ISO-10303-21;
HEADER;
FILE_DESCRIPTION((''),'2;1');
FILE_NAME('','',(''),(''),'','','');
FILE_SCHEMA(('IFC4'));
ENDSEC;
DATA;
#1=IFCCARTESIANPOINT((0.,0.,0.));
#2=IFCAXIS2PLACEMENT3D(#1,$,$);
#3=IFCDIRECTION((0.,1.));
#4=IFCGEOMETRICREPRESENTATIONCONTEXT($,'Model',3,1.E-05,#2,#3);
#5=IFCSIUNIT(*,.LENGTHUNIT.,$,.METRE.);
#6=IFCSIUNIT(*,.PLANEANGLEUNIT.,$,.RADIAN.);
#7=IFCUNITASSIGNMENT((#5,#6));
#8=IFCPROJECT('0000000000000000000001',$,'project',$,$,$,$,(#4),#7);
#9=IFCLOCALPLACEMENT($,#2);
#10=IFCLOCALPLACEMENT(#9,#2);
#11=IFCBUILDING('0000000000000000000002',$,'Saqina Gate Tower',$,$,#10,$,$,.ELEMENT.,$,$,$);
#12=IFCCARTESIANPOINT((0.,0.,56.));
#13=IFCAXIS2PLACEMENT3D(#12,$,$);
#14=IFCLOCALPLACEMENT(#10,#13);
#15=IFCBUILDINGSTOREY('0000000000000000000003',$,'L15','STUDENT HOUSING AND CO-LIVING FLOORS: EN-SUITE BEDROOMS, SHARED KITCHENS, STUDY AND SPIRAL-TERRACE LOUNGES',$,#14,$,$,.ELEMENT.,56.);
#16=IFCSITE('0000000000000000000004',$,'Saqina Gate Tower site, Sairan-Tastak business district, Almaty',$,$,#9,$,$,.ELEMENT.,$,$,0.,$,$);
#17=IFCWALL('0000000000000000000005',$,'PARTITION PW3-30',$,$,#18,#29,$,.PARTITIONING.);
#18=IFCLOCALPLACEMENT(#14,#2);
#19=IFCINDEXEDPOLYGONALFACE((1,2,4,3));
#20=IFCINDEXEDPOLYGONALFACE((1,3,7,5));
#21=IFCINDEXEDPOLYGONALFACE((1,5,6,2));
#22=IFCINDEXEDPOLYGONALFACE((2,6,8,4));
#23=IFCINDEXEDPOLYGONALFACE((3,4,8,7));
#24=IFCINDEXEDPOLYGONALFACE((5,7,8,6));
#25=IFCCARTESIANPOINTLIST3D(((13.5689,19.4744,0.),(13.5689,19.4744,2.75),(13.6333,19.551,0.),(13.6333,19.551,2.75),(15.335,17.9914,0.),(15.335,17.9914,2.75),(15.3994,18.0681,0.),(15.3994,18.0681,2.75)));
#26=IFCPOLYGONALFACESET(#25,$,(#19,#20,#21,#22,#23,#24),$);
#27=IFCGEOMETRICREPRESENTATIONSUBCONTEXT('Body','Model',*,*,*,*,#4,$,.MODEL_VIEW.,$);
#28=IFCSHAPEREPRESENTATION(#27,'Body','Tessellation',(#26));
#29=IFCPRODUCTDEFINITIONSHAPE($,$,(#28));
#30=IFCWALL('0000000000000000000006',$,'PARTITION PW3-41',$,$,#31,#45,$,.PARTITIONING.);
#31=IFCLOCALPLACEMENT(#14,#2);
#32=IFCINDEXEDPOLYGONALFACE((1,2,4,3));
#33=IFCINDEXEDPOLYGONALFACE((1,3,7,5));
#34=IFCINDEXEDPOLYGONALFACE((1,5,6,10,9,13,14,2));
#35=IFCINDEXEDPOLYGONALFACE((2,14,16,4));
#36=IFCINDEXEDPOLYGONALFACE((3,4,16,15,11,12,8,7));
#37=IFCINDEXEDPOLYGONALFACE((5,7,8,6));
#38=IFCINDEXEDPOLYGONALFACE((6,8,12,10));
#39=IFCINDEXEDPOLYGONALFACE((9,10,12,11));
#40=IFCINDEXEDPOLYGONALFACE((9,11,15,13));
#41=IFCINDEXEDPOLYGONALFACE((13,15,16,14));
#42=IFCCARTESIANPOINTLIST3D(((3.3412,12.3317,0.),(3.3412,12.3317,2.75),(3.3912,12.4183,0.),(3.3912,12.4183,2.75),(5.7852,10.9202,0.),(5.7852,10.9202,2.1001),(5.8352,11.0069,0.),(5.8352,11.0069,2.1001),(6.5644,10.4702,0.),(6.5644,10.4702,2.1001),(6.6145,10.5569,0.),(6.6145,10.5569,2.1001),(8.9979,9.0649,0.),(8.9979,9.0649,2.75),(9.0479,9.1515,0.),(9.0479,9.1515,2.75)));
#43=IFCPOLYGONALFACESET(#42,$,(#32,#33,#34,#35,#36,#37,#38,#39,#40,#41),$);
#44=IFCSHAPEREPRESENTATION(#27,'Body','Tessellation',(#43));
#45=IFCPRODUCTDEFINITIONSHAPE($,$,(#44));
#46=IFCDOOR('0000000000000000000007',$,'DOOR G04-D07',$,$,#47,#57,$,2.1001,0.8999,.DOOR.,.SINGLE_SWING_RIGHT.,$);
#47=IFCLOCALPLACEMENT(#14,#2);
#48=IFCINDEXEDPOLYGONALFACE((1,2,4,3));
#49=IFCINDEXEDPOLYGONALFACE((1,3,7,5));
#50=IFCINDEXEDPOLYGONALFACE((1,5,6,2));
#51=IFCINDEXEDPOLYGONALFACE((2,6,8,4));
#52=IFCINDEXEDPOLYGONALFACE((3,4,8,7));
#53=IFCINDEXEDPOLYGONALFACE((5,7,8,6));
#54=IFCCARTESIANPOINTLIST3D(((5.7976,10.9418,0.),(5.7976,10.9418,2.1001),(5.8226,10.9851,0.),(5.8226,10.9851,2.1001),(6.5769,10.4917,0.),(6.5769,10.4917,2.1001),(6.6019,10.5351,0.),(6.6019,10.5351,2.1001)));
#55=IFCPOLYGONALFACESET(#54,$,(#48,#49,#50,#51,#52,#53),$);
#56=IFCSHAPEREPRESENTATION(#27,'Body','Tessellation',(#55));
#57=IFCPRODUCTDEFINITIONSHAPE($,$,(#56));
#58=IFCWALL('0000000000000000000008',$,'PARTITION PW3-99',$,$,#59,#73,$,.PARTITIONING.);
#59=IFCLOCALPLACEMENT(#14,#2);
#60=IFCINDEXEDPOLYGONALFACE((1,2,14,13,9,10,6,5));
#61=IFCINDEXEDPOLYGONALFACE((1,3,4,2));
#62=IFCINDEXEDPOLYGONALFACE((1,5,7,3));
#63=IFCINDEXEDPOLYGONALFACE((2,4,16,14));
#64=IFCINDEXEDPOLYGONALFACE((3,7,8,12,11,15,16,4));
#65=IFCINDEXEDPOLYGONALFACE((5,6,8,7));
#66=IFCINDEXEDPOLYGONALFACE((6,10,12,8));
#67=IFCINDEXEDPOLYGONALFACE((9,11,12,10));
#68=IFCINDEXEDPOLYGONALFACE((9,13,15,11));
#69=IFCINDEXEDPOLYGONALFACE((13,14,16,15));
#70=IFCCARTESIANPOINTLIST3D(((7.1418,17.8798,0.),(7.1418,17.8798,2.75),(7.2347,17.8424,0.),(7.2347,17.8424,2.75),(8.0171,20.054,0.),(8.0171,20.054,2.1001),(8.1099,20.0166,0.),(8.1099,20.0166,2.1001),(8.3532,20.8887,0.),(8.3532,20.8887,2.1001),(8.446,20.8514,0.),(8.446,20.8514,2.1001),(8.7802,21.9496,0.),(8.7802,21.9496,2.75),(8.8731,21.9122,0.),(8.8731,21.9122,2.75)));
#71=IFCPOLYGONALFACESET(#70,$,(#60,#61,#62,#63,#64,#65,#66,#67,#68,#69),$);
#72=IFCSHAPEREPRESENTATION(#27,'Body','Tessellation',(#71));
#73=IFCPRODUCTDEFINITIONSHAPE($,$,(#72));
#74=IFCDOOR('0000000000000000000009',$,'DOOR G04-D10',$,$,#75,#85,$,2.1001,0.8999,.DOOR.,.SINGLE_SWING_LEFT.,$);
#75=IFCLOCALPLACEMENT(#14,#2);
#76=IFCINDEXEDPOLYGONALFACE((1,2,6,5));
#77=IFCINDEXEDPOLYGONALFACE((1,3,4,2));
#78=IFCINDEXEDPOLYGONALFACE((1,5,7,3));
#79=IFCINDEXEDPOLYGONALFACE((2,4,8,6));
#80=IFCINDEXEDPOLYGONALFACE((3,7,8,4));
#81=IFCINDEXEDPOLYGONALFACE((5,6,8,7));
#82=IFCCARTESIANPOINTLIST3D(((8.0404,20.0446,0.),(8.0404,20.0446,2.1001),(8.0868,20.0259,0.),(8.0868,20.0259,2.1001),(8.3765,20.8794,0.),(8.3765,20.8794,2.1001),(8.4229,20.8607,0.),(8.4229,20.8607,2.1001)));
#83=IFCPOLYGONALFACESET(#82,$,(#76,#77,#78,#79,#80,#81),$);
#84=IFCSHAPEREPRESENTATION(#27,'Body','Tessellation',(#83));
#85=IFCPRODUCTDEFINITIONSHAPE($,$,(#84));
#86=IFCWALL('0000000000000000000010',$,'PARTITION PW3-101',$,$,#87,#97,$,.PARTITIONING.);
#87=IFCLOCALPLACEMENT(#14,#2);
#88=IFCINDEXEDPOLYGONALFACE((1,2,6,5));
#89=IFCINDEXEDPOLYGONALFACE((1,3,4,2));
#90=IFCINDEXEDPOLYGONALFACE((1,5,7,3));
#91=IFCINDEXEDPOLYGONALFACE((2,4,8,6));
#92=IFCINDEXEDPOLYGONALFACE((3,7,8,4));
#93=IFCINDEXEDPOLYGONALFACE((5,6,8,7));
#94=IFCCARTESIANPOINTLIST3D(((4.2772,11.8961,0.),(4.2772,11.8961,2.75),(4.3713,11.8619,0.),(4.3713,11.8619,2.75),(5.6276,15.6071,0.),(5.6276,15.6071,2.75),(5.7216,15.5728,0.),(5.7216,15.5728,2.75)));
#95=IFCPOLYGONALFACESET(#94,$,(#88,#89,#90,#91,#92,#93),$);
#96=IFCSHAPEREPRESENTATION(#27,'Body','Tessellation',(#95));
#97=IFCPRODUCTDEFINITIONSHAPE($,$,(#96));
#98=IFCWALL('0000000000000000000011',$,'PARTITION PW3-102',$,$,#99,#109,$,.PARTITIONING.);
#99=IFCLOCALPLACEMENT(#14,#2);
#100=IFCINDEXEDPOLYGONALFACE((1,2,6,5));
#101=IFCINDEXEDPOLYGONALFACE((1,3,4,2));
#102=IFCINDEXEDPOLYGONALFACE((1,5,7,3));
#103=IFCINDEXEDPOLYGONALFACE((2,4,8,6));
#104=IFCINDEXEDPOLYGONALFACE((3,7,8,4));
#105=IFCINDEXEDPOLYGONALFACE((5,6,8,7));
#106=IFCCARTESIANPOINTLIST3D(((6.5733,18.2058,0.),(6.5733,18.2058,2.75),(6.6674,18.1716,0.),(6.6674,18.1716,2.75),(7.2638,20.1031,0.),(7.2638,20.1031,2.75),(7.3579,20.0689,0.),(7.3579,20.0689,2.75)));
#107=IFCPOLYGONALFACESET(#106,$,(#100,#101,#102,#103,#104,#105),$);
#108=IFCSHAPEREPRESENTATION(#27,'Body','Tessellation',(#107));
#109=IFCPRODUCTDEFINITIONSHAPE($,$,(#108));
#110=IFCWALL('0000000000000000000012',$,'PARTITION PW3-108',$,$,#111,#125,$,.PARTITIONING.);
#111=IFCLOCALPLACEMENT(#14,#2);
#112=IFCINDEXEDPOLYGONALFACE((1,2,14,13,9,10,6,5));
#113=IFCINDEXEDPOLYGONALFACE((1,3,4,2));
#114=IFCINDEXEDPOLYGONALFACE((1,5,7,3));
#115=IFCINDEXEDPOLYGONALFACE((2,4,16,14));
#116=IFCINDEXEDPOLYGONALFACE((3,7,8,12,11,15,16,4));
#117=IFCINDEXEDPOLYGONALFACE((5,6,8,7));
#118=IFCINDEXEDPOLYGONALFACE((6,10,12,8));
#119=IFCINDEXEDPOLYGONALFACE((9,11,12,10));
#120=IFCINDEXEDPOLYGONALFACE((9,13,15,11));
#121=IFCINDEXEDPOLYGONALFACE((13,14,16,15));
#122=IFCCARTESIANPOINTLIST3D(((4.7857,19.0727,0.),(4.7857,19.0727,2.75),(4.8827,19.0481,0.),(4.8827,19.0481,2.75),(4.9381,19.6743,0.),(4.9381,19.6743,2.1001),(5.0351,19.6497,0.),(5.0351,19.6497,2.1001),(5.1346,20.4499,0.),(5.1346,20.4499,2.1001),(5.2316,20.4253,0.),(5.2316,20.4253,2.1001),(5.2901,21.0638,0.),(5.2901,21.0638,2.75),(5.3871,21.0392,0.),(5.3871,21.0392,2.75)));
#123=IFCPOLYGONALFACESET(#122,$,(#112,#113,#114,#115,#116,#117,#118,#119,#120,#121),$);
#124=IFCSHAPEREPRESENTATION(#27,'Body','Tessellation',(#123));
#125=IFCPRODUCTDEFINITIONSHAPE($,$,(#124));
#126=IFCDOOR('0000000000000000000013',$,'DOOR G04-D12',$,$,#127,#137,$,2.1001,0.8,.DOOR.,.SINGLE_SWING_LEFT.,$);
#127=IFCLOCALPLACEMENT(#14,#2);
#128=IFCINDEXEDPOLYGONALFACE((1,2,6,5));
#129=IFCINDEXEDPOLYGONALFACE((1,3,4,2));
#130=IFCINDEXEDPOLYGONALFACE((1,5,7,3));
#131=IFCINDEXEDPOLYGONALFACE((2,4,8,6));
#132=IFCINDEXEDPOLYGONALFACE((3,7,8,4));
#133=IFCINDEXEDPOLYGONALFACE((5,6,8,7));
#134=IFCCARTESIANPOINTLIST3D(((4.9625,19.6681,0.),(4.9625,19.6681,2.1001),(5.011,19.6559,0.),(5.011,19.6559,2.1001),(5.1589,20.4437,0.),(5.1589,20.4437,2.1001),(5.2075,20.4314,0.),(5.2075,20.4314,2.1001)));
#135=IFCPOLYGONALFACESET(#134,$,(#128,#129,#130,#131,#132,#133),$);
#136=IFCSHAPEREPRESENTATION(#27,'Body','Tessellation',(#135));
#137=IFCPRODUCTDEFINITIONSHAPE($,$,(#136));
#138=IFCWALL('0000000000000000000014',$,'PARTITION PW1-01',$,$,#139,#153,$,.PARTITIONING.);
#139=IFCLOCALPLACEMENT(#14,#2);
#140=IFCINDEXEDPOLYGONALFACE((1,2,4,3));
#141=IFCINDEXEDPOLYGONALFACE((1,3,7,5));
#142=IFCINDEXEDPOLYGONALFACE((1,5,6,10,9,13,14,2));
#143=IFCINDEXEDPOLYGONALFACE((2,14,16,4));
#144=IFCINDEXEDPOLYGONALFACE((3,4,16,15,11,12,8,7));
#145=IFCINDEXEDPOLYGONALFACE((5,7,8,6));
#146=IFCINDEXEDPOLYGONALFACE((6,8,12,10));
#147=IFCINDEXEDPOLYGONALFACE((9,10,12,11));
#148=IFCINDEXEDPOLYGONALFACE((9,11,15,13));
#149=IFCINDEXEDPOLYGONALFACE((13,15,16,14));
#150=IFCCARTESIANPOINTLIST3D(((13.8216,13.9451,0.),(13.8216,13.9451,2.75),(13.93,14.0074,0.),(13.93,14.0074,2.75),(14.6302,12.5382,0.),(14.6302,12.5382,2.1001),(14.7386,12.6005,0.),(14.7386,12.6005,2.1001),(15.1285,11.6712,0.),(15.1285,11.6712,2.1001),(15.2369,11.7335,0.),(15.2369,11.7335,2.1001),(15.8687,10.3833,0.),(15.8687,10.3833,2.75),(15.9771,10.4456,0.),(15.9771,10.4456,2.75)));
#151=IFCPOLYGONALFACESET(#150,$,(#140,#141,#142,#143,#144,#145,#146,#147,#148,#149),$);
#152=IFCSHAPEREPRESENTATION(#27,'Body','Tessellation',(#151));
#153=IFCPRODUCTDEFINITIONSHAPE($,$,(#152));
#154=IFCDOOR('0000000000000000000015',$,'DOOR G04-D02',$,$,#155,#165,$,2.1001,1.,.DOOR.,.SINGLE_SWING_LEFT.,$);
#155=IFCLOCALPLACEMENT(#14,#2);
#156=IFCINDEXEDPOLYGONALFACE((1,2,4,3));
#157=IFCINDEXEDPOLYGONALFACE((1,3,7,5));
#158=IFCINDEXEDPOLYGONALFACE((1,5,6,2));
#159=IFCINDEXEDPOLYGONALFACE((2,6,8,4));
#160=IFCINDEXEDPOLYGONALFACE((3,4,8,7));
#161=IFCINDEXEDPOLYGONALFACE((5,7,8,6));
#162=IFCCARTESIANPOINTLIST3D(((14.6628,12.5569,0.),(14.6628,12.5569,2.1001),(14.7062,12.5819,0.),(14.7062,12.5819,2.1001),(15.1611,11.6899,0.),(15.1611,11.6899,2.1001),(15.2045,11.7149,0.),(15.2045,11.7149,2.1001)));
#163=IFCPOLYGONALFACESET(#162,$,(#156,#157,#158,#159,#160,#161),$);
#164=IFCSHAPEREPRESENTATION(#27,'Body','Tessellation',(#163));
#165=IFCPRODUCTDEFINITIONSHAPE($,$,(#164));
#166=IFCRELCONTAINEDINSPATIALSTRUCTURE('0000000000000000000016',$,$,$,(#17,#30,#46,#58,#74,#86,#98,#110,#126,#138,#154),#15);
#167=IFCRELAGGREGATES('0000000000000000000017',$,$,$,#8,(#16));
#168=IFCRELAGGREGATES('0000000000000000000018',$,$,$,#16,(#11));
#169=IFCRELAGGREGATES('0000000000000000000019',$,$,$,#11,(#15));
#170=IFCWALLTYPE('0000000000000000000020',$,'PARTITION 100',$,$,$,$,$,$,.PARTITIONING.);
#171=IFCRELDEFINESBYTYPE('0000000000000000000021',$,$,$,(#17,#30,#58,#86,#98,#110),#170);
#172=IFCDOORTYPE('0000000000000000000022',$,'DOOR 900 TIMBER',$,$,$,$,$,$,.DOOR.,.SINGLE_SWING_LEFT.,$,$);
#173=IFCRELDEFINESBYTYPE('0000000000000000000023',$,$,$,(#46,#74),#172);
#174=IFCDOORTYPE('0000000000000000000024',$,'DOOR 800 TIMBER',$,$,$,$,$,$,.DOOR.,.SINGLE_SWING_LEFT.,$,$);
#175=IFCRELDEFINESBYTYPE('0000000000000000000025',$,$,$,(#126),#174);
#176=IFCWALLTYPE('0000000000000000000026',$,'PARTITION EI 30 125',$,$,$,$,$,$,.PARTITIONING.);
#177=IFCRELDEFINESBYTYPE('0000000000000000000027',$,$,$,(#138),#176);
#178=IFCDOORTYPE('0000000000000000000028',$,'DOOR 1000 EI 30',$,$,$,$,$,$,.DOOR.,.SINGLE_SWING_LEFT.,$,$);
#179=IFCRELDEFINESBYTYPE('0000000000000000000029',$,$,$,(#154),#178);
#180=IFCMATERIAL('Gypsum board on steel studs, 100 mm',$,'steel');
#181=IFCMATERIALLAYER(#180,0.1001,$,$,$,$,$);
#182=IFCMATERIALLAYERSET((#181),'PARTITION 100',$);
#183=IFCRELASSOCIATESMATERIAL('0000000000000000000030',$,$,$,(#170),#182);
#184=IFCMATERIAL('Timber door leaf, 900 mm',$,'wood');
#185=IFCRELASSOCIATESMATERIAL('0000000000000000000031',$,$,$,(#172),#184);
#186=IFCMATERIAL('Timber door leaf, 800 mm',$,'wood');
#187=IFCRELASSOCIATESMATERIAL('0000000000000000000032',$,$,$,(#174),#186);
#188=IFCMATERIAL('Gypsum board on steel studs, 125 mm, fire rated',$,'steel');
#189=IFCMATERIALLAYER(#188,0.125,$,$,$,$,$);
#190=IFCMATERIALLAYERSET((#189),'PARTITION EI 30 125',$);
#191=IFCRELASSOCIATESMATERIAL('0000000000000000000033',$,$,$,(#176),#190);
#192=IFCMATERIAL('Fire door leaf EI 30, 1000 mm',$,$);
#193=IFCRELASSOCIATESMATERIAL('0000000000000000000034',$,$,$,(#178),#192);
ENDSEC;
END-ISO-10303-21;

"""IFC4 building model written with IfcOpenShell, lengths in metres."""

from ifc_helpers import new_model, si_unit, direction, frame, frame_2d, origin, place, context, subcontext, project, spatial, rectangle, extrude, material, layer, layer_set, type_object, element, fill, save


model = new_model("IFC4")

# Units and contexts
model_context = context("Model", 3, precision=1e-05, world=origin(), true_north=direction((0.0, 1.0)))
body_context = subcontext(model_context, "Body", "Model", "MODEL_VIEW")
ifc_project = project(units=[si_unit("LENGTHUNIT", "METRE"), si_unit("PLANEANGLEUNIT", "RADIAN")], contexts=[model_context])

# Site, building, storey
site_placement = place(None, origin())
site = spatial("IfcSite", under=ifc_project, at=site_placement, Name="Saqina Gate Tower site, Sairan-Tastak business district, Almaty", CompositionType="ELEMENT", RefElevation=0.0)
building_placement = place(site_placement, origin())
building = spatial("IfcBuilding", under=site, at=building_placement, Name="Saqina Gate Tower", CompositionType="ELEMENT")
storey_placement = place(building_placement, frame((0.0, 0.0, 56.0)))
storey = spatial("IfcBuildingStorey", under=building, at=storey_placement, Name="L15", Description="STUDENT HOUSING AND CO-LIVING FLOORS: EN-SUITE BEDROOMS, SHARED KITCHENS, STUDY AND SPIRAL-TERRACE LOUNGES", CompositionType="ELEMENT", Elevation=56.0)

# Wall
ifc_material_1 = material(Name="Gypsum board on steel studs, 100 mm", Category="steel")
ifc_layer_1 = layer(ifc_material_1, 0.1001)
ifc_layer_set_1 = layer_set([ifc_layer_1], Name="PARTITION 100")
wall_type_1 = type_object("IfcWallType", Name="PARTITION 100", PredefinedType="PARTITIONING", material=ifc_layer_set_1)
wall_1_placement = place(storey_placement, frame((13.6011, 19.5127, 0.0), z_axis=(0.0, 0.0, 1.0), x_axis=(0.765838, -0.643033, 0.0)))
element("IfcWall", 1, at=wall_1_placement, inside=storey, type_object=wall_type_1, Name="PARTITION PW3-30", PredefinedType="PARTITIONING", context=body_context, shape_type="SweptSolid", body=[
    extrude(rectangle(XDim=2.3062, YDim=0.1001, at=frame_2d((1.1531, 0.0))), origin(), (0.0, 0.0, 1.0), 2.75),
])

# Walls, openings, doors
wall_2_placement = place(storey_placement, frame((3.3662, 12.375, 0.0), z_axis=(0.0, 0.0, 1.0), x_axis=(0.865964, -0.500106, 0.0)))
wall_2 = element("IfcWall", 2, at=wall_2_placement, inside=storey, type_object=wall_type_1, Name="PARTITION PW3-41", PredefinedType="PARTITIONING", context=body_context, shape_type="SweptSolid", body=[
    extrude(rectangle(XDim=6.5322, YDim=0.1001, at=frame_2d((3.2661, 0.0))), origin(), (0.0, 0.0, 1.0), 2.75),
])
opening_1_placement = place(wall_2_placement, frame((2.8223, 0.0, 0.0)))
opening_1 = element("IfcOpeningElement", 3, at=opening_1_placement, cuts=wall_2, PredefinedType="OPENING", context=body_context, shape_type="SweptSolid", body=[
    extrude(rectangle(XDim=0.8999, YDim=2.1001, at=frame_2d((0.45, 1.05))), frame((0.0, 0.062, 0.0), z_axis=(0.0, -1.0, 0.0), x_axis=(1.0, 0.0, 0.0)), (0.0, 0.0, 1.0), 0.124),
])
ifc_material_2 = material(Name="Timber door leaf, 900 mm", Category="wood")
door_type_1 = type_object("IfcDoorType", Name="DOOR 900 TIMBER", OperationType="SINGLE_SWING_LEFT", PredefinedType="DOOR", material=ifc_material_2)
door_1_placement = place(opening_1_placement, origin())
door_1 = element("IfcDoor", 4, at=door_1_placement, inside=storey, type_object=door_type_1, Name="DOOR G04-D07", OperationType="SINGLE_SWING_RIGHT", OverallHeight=2.1001, OverallWidth=0.8999, PredefinedType="DOOR", context=body_context, shape_type="SweptSolid", body=[
    extrude(rectangle(XDim=0.8999, YDim=2.1001, at=frame_2d((0.45, 1.05))), frame((0.0, 0.0249, 0.0), z_axis=(0.0, -1.0, 0.0), x_axis=(1.0, 0.0, 0.0)), (0.0, 0.0, 1.0), 0.05),
])
fill(opening_1, door_1)
wall_3_placement = place(storey_placement, frame((7.1882, 17.8611, 0.0), z_axis=(0.0, 0.0, 1.0), x_axis=(0.373453, 0.927649, 0.0)))
wall_3 = element("IfcWall", 5, at=wall_3_placement, inside=storey, type_object=wall_type_1, Name="PARTITION PW3-99", PredefinedType="PARTITIONING", context=body_context, shape_type="SweptSolid", body=[
    extrude(rectangle(XDim=4.3872, YDim=0.1001, at=frame_2d((2.1936, 0.0))), origin(), (0.0, 0.0, 1.0), 2.75),
])
opening_2_placement = place(wall_3_placement, frame((2.3438, 0.0, 0.0)))
opening_2 = element("IfcOpeningElement", 6, at=opening_2_placement, cuts=wall_3, PredefinedType="OPENING", context=body_context, shape_type="SweptSolid", body=[
    extrude(rectangle(XDim=0.8999, YDim=2.1001, at=frame_2d((0.45, 1.05))), frame((0.0, 0.062, 0.0), z_axis=(0.0, -1.0, 0.0), x_axis=(1.0, 0.0, 0.0)), (0.0, 0.0, 1.0), 0.124),
])
door_2_placement = place(opening_2_placement, origin())
door_2 = element("IfcDoor", 7, at=door_2_placement, inside=storey, type_object=door_type_1, Name="DOOR G04-D10", OperationType="SINGLE_SWING_LEFT", OverallHeight=2.1001, OverallWidth=0.8999, PredefinedType="DOOR", context=body_context, shape_type="SweptSolid", body=[
    extrude(rectangle(XDim=0.8999, YDim=2.1001, at=frame_2d((0.45, 1.05))), frame((0.0, 0.0249, 0.0), z_axis=(0.0, -1.0, 0.0), x_axis=(1.0, 0.0, 0.0)), (0.0, 0.0, 1.0), 0.05),
])
fill(opening_2, door_2)

# Walls
wall_4_placement = place(storey_placement, frame((4.3242, 11.8789, 0.0), z_axis=(0.0, 0.0, 1.0), x_axis=(0.341947, 0.939719, 0.0)))
element("IfcWall", 8, at=wall_4_placement, inside=storey, type_object=wall_type_1, Name="PARTITION PW3-101", PredefinedType="PARTITIONING", context=body_context, shape_type="SweptSolid", body=[
    extrude(rectangle(XDim=3.949, YDim=0.1001, at=frame_2d((1.9746, 0.0))), origin(), (0.0, 0.0, 1.0), 2.75),
])
wall_5_placement = place(storey_placement, frame((6.6204, 18.1887, 0.0), z_axis=(0.0, 0.0, 1.0), x_axis=(0.341976, 0.939709, 0.0)))
element("IfcWall", 9, at=wall_5_placement, inside=storey, type_object=wall_type_1, Name="PARTITION PW3-102", PredefinedType="PARTITIONING", context=body_context, shape_type="SweptSolid", body=[
    extrude(rectangle(XDim=2.019, YDim=0.1001, at=frame_2d((1.0095, 0.0))), origin(), (0.0, 0.0, 1.0), 2.75),
])

# Walls, openings, doors
wall_6_placement = place(storey_placement, frame((4.8342, 19.0605, 0.0), z_axis=(0.0, 0.0, 1.0), x_axis=(0.245583, 0.969376, 0.0)))
wall_6 = element("IfcWall", 10, at=wall_6_placement, inside=storey, type_object=wall_type_1, Name="PARTITION PW3-108", PredefinedType="PARTITIONING", context=body_context, shape_type="SweptSolid", body=[
    extrude(rectangle(XDim=2.054, YDim=0.1001, at=frame_2d((1.0269, 0.0))), origin(), (0.0, 0.0, 1.0), 2.75),
])
opening_3_placement = place(wall_6_placement, frame((0.6206, 0.0, 0.0)))
opening_3 = element("IfcOpeningElement", 11, at=opening_3_placement, cuts=wall_6, PredefinedType="OPENING", context=body_context, shape_type="SweptSolid", body=[
    extrude(rectangle(XDim=0.8, YDim=2.1001, at=frame_2d((0.3999, 1.05))), frame((0.0, 0.062, 0.0), z_axis=(0.0, -1.0, 0.0), x_axis=(1.0, 0.0, 0.0)), (0.0, 0.0, 1.0), 0.124),
])
ifc_material_3 = material(Name="Timber door leaf, 800 mm", Category="wood")
door_type_2 = type_object("IfcDoorType", Name="DOOR 800 TIMBER", OperationType="SINGLE_SWING_LEFT", PredefinedType="DOOR", material=ifc_material_3)
door_3_placement = place(opening_3_placement, origin())
door_3 = element("IfcDoor", 12, at=door_3_placement, inside=storey, type_object=door_type_2, Name="DOOR G04-D12", OperationType="SINGLE_SWING_LEFT", OverallHeight=2.1001, OverallWidth=0.8, PredefinedType="DOOR", context=body_context, shape_type="SweptSolid", body=[
    extrude(rectangle(XDim=0.8, YDim=2.1001, at=frame_2d((0.3999, 1.05))), frame((0.0, 0.0249, 0.0), z_axis=(0.0, -1.0, 0.0), x_axis=(1.0, 0.0, 0.0)), (0.0, 0.0, 1.0), 0.05),
])
fill(opening_3, door_3)
ifc_material_4 = material(Name="Gypsum board on steel studs, 125 mm, fire rated", Category="steel")
ifc_layer_2 = layer(ifc_material_4, 0.125)
ifc_layer_set_2 = layer_set([ifc_layer_2], Name="PARTITION EI 30 125")
wall_type_2 = type_object("IfcWallType", Name="PARTITION EI 30 125", PredefinedType="PARTITIONING", material=ifc_layer_set_2)
wall_7_placement = place(storey_placement, frame((13.8757, 13.9763, 0.0), z_axis=(0.0, 0.0, 1.0), x_axis=(0.498307, -0.867001, 0.0)))
wall_7 = element("IfcWall", 13, at=wall_7_placement, inside=storey, type_object=wall_type_2, Name="PARTITION PW1-01", PredefinedType="PARTITIONING", context=body_context, shape_type="SweptSolid", body=[
    extrude(rectangle(XDim=4.1082, YDim=0.125, at=frame_2d((2.0542, 0.0))), origin(), (0.0, 0.0, 1.0), 2.75),
])
opening_4_placement = place(wall_7_placement, frame((1.6228, 0.0, 0.0)))
opening_4 = element("IfcOpeningElement", 14, at=opening_4_placement, cuts=wall_7, PredefinedType="OPENING", context=body_context, shape_type="SweptSolid", body=[
    extrude(rectangle(XDim=1.0, YDim=2.1001, at=frame_2d((0.5, 1.05))), frame((0.0, 0.0745, 0.0), z_axis=(0.0, -1.0, 0.0), x_axis=(1.0, 0.0, 0.0)), (0.0, 0.0, 1.0), 0.1489),
])
ifc_material_5 = material(Name="Fire door leaf EI 30, 1000 mm")
door_type_3 = type_object("IfcDoorType", Name="DOOR 1000 EI 30", OperationType="SINGLE_SWING_LEFT", PredefinedType="DOOR", material=ifc_material_5)
door_4_placement = place(opening_4_placement, frame((1.0, 0.0, 0.0), z_axis=(0.0, 0.0, 1.0), x_axis=(-1.0, 0.0, 0.0)))
door_4 = element("IfcDoor", 15, at=door_4_placement, inside=storey, type_object=door_type_3, Name="DOOR G04-D02", OperationType="SINGLE_SWING_LEFT", OverallHeight=2.1001, OverallWidth=1.0, PredefinedType="DOOR", context=body_context, shape_type="SweptSolid", body=[
    extrude(rectangle(XDim=1.0, YDim=2.1001, at=frame_2d((0.5, 1.05))), frame((0.0, 0.0249, 0.0), z_axis=(0.0, -1.0, 0.0), x_axis=(1.0, 0.0, 0.0)), (0.0, 0.0, 1.0), 0.05),
])
fill(opening_4, door_4)

save(model, "model.ifc")
